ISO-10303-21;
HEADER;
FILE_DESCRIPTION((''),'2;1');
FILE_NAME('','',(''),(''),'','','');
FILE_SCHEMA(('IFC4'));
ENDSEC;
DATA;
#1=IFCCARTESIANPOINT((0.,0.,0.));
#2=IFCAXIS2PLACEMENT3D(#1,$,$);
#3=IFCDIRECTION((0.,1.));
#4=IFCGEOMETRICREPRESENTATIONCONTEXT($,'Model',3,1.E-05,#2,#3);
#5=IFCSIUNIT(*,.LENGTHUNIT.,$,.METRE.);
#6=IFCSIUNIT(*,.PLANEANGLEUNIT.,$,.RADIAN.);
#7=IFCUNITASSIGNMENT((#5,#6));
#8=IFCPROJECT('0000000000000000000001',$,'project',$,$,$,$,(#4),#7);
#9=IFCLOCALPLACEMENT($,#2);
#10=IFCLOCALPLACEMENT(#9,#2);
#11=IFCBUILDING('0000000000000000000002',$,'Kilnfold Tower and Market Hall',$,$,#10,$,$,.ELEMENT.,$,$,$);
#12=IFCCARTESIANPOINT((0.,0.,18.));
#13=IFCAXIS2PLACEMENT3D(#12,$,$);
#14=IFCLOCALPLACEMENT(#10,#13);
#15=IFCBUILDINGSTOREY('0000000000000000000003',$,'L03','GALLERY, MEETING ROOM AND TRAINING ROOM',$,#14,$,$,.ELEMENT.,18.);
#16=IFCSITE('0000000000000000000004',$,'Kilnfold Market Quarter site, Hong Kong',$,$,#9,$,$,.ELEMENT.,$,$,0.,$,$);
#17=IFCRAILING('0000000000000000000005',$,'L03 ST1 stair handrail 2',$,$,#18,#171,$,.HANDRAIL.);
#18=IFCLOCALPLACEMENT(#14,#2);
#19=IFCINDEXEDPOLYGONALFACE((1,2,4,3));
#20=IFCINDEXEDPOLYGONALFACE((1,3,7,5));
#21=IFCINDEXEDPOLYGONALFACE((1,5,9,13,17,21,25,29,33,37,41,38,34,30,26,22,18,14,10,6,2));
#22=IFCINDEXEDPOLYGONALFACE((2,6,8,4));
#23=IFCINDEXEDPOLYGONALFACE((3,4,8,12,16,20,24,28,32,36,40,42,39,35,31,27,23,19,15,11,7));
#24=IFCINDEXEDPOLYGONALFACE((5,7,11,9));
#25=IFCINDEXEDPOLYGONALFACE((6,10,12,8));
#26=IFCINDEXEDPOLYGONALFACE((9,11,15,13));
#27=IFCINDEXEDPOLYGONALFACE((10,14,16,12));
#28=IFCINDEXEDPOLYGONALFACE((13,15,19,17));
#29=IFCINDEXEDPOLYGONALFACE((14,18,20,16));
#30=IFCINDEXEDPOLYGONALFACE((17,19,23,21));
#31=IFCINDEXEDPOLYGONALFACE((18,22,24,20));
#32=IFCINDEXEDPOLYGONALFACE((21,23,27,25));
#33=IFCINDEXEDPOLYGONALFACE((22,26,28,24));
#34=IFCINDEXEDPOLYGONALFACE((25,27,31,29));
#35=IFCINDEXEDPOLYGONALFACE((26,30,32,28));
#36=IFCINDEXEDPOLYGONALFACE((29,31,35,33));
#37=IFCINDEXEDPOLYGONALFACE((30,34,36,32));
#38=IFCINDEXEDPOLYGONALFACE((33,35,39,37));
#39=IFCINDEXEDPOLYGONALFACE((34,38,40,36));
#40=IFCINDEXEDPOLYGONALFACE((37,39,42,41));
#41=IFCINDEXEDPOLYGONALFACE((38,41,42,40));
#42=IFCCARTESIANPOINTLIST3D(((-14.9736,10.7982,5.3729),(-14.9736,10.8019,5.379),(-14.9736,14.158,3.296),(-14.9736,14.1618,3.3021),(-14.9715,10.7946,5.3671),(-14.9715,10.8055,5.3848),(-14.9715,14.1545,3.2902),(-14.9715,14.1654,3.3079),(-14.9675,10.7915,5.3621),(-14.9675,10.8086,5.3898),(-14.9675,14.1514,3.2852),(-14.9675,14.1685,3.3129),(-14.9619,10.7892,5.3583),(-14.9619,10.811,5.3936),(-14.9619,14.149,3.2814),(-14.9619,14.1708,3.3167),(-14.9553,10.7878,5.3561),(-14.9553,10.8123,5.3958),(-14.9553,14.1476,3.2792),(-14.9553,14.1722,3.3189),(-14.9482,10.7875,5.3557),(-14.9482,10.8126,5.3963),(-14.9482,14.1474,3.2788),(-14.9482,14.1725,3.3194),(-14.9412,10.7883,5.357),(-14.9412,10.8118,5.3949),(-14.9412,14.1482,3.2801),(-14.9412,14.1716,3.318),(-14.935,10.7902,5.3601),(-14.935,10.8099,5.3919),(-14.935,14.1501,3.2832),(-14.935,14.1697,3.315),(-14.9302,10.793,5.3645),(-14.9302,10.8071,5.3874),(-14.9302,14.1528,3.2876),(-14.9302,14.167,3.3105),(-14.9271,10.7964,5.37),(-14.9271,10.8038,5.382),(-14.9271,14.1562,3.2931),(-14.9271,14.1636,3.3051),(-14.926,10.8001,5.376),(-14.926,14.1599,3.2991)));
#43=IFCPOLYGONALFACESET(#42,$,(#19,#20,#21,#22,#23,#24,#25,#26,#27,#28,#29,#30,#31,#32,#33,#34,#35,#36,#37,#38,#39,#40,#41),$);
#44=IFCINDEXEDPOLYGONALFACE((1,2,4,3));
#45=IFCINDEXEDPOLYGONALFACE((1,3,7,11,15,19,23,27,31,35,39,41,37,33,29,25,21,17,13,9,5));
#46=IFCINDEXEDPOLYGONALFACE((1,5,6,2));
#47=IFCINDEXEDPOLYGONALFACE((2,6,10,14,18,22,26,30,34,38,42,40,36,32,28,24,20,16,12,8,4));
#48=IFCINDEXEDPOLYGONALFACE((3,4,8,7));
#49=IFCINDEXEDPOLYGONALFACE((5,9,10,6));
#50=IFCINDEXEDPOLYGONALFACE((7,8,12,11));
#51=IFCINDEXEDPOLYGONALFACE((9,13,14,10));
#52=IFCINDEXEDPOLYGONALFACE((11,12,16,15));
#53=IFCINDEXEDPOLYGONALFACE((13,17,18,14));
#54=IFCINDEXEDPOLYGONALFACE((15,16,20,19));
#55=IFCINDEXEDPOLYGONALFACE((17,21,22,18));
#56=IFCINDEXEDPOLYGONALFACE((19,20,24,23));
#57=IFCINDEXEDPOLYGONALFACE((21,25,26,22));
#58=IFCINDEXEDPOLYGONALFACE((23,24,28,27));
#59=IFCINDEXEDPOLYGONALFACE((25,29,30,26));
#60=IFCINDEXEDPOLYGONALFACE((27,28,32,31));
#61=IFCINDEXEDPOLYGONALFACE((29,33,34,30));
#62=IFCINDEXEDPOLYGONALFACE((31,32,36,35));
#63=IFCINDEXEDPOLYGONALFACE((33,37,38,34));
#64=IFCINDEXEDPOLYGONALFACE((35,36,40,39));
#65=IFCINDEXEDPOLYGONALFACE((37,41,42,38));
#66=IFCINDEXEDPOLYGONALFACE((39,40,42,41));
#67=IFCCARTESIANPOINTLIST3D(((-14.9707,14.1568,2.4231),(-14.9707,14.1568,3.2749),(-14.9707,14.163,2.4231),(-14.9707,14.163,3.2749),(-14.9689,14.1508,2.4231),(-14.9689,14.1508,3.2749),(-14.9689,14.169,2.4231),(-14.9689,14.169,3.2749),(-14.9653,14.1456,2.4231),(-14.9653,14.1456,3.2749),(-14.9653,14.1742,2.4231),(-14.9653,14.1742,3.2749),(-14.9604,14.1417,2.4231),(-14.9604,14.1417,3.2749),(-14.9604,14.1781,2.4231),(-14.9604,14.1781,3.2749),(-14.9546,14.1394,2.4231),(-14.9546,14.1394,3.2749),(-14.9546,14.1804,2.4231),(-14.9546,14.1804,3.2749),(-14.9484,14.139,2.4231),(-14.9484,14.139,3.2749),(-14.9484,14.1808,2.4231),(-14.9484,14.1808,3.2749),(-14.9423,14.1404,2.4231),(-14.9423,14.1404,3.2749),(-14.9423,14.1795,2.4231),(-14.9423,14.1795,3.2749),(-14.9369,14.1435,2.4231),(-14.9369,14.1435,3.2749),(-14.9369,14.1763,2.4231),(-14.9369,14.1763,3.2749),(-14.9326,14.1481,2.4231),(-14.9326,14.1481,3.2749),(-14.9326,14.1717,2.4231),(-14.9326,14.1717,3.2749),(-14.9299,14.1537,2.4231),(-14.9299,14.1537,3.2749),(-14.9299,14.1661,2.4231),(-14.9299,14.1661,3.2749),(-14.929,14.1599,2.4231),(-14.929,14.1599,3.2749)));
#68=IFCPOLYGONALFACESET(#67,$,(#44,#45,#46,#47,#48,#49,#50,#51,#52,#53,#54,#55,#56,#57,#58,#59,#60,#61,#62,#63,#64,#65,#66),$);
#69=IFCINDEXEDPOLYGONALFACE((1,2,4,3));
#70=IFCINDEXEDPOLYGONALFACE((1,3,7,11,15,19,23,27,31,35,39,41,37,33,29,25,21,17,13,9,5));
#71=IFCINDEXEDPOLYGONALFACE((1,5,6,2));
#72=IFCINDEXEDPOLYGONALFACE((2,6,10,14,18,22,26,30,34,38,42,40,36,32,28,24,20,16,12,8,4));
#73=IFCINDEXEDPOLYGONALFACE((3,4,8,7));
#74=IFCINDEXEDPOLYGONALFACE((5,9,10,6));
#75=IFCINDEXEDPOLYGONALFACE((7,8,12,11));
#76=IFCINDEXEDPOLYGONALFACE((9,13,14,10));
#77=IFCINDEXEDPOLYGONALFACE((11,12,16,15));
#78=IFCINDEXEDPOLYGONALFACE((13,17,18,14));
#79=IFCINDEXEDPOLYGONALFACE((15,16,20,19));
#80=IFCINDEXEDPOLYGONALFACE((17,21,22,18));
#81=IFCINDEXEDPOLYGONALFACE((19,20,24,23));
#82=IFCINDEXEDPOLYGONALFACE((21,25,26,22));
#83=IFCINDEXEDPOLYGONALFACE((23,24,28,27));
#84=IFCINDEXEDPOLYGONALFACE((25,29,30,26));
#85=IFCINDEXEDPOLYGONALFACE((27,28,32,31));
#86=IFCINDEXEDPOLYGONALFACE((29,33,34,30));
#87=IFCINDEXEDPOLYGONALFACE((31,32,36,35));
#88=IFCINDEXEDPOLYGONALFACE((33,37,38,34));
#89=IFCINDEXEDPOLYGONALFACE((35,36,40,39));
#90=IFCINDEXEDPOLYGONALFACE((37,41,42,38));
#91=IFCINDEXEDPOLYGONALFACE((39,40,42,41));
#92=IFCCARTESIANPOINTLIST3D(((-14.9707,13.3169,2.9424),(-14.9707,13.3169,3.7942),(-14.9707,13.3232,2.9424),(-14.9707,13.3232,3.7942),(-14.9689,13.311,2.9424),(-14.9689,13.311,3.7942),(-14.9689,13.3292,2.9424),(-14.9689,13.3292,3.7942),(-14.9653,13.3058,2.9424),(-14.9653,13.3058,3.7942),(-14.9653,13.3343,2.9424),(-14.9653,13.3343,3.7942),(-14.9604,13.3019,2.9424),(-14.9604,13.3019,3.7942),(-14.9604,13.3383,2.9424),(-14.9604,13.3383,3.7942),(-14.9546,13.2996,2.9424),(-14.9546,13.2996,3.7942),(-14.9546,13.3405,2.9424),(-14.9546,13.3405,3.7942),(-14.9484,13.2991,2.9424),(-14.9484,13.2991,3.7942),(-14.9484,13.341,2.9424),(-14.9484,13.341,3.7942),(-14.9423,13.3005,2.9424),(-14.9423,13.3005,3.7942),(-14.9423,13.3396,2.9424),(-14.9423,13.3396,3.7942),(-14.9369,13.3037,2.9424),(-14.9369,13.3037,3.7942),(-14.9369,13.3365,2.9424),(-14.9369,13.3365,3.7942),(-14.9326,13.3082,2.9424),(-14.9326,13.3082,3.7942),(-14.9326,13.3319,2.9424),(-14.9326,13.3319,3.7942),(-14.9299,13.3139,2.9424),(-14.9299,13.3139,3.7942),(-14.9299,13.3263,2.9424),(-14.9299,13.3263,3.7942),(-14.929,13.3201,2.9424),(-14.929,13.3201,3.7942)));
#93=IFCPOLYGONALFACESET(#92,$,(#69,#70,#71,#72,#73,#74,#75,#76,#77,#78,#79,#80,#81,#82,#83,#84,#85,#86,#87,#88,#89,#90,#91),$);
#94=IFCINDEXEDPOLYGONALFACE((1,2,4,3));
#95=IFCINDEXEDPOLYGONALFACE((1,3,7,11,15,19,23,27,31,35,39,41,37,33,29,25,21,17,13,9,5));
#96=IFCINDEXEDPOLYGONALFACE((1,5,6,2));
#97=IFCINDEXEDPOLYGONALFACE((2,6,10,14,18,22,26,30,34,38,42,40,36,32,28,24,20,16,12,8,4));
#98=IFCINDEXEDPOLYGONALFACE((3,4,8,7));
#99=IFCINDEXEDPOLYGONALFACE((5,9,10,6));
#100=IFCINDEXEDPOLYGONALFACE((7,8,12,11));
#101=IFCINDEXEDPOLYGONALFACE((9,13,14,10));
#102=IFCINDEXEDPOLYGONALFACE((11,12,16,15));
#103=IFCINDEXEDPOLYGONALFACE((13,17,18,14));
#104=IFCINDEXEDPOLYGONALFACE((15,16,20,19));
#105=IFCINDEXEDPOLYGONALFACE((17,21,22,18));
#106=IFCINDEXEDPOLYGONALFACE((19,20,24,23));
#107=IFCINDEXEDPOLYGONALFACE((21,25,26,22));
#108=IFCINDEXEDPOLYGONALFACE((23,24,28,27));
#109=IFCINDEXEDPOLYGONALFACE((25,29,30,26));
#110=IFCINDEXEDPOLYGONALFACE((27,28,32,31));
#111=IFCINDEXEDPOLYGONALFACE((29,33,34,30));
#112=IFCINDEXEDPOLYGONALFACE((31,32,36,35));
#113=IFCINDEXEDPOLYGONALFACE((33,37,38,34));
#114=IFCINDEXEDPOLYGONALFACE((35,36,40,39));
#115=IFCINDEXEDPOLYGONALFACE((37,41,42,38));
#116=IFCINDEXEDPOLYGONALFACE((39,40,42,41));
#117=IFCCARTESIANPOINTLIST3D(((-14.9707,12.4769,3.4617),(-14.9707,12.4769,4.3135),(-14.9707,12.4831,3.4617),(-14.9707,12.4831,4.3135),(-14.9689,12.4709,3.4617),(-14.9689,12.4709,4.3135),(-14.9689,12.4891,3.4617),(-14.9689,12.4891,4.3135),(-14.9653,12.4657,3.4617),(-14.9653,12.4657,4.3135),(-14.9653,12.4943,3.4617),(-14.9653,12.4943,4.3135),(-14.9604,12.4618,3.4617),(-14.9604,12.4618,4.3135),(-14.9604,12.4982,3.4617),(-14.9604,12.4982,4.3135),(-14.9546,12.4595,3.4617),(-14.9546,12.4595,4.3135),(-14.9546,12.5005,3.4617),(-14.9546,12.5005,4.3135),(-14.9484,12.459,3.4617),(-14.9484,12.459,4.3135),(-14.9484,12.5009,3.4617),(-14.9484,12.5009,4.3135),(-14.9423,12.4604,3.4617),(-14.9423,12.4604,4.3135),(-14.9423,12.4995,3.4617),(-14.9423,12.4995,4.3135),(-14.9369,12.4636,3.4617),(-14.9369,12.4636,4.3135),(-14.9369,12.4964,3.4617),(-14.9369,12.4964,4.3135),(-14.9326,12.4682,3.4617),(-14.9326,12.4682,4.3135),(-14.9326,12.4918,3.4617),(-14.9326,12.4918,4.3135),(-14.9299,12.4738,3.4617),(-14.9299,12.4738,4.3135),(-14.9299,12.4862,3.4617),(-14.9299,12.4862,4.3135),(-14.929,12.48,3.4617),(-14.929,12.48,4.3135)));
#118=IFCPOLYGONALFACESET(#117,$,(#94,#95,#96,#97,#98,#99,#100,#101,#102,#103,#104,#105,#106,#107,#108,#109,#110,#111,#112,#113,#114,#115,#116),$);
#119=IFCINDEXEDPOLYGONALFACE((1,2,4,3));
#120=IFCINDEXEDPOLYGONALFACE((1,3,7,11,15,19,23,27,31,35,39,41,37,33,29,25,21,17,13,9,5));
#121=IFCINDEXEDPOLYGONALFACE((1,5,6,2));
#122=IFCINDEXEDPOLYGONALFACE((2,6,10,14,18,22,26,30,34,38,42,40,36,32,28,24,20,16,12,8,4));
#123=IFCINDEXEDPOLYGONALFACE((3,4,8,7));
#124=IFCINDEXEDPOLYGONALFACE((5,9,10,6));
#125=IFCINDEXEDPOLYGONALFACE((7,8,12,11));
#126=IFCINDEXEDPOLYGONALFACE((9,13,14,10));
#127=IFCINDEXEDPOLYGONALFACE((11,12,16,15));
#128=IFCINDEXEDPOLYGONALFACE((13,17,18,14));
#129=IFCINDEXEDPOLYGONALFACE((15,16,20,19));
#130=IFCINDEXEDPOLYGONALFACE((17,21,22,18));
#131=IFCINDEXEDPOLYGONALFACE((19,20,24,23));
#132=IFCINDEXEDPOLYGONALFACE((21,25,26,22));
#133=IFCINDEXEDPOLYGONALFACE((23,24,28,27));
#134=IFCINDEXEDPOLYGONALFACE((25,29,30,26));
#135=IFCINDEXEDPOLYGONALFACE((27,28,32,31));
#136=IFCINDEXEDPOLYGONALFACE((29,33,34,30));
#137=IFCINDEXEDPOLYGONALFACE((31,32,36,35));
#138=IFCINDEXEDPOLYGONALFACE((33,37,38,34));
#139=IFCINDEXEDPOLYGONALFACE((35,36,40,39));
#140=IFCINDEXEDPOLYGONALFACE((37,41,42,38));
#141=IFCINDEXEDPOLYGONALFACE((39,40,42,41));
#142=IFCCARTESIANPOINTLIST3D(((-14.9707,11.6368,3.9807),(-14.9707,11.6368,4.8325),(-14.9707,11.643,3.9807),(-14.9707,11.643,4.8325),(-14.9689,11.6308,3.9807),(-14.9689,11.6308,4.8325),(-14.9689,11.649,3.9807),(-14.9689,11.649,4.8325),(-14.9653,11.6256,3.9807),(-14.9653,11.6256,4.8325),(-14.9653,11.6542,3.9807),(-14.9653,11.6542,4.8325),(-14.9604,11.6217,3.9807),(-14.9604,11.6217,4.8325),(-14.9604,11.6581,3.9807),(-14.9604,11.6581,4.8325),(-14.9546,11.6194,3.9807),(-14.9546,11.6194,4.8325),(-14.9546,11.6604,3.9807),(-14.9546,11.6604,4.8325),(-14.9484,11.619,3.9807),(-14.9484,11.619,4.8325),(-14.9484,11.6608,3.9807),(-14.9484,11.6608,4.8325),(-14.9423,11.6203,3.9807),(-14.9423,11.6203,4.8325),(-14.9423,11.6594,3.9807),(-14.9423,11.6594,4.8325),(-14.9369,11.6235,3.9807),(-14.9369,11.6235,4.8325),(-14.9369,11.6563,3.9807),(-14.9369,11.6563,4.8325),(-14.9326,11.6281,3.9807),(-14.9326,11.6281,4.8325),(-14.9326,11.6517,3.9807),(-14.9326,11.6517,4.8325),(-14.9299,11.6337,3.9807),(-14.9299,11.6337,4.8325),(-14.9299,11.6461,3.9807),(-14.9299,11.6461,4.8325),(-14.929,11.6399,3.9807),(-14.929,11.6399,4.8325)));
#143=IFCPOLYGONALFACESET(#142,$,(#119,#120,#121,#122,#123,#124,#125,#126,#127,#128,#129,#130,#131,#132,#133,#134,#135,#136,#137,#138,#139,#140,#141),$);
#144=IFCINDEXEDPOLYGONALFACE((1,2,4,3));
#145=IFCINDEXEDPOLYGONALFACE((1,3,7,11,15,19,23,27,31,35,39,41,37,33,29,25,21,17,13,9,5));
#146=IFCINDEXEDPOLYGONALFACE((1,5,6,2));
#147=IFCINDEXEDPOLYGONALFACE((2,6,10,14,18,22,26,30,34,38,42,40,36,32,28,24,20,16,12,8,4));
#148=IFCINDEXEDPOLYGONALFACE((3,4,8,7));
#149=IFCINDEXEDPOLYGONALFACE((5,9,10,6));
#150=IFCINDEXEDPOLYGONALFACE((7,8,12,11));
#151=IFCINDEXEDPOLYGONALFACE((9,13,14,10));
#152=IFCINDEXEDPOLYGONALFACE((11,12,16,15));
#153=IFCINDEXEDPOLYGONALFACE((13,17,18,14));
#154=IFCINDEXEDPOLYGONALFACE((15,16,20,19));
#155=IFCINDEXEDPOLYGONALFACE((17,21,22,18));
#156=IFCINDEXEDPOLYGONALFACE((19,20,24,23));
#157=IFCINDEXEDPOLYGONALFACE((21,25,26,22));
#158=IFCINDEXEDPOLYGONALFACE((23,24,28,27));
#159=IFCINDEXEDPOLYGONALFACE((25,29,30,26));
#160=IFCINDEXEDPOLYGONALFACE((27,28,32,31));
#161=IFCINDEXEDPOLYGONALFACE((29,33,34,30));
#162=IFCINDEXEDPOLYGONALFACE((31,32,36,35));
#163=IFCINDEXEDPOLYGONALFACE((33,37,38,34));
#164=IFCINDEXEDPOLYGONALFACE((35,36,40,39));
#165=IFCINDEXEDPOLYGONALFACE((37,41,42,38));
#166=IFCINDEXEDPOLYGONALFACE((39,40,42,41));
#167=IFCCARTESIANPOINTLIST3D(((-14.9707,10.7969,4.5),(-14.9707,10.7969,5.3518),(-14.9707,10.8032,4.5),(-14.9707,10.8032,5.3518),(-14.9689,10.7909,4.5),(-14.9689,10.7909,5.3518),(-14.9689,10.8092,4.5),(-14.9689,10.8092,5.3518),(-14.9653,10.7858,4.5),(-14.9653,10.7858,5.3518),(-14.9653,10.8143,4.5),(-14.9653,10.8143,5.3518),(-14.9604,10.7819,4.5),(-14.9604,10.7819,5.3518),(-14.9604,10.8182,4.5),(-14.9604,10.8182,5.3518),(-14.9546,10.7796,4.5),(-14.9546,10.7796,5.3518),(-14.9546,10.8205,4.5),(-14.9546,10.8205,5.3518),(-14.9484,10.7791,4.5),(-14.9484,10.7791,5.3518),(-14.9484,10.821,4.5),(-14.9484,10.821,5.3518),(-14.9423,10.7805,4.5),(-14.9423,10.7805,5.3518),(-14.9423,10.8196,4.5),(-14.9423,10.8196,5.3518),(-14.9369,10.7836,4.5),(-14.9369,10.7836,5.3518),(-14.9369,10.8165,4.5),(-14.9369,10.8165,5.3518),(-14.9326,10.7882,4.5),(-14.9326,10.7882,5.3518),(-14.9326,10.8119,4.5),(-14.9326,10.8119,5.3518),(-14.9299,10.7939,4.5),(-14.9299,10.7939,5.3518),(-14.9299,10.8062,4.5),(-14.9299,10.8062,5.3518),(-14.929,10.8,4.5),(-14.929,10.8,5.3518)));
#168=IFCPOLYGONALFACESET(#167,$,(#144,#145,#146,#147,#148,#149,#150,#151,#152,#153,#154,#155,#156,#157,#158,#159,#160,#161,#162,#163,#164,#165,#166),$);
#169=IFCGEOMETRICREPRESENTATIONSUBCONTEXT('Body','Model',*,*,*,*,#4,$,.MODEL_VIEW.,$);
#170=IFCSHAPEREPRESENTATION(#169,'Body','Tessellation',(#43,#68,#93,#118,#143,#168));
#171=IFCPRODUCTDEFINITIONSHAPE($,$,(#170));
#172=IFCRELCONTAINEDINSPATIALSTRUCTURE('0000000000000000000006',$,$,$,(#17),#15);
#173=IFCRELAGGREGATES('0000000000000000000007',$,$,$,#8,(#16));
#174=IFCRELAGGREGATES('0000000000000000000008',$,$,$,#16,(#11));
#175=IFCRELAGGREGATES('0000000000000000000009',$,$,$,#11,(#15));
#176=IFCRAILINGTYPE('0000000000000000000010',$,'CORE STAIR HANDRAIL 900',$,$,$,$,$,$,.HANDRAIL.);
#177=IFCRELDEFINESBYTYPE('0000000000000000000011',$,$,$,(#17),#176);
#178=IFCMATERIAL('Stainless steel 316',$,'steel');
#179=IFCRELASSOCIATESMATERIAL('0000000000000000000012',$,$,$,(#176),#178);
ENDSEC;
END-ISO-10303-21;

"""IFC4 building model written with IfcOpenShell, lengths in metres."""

from ifc_helpers import new_model, si_unit, direction, frame, origin, origin_2d, place, context, subcontext, project, spatial, circle, extrude, material, type_object, element, save


model = new_model("IFC4")

# Units and contexts
model_context = context("Model", 3, precision=1e-05, world=origin(), true_north=direction((0.0, 1.0)))
body_context = subcontext(model_context, "Body", "Model", "MODEL_VIEW")
ifc_project = project(units=[si_unit("LENGTHUNIT", "METRE"), si_unit("PLANEANGLEUNIT", "RADIAN")], contexts=[model_context])

# Site, building, storey
site_placement = place(None, origin())
site = spatial("IfcSite", under=ifc_project, at=site_placement, Name="Kilnfold Market Quarter site, Hong Kong", CompositionType="ELEMENT", RefElevation=0.0)
building_placement = place(site_placement, origin())
building = spatial("IfcBuilding", under=site, at=building_placement, Name="Kilnfold Tower and Market Hall", CompositionType="ELEMENT")
storey_placement = place(building_placement, frame((0.0, 0.0, 18.0)))
storey = spatial("IfcBuildingStorey", under=building, at=storey_placement, Name="L03", Description="GALLERY, MEETING ROOM AND TRAINING ROOM", CompositionType="ELEMENT", Elevation=18.0)

# Railing
ifc_material_1 = material(Name="Stainless steel 316", Category="steel")
railing_type = type_object("IfcRailingType", Name="CORE STAIR HANDRAIL 900", PredefinedType="HANDRAIL", material=ifc_material_1)
railing_1_placement = place(storey_placement, frame((-14.95, 14.1599, 2.4231)))
element("IfcRailing", 1, at=railing_1_placement, inside=storey, type_object=railing_type, Name="L03 ST1 stair handrail 2", PredefinedType="HANDRAIL", context=body_context, shape_type="SweptSolid", body=[
    extrude(circle(Radius=0.0239, at=origin_2d()), frame((0.0, 0.0, 0.876), z_axis=(0.0, -0.850606, 0.525803), x_axis=(1.0, 0.0, 0.0)), (0.0, 0.0, 1.0), 3.95),
    extrude(circle(Radius=0.021, at=origin_2d()), origin(), (0.0, 0.0, 1.0), 0.8518),
    extrude(circle(Radius=0.021, at=origin_2d()), frame((0.0, -0.8398, 0.5193)), (0.0, 0.0, 1.0), 0.8518),
    extrude(circle(Radius=0.021, at=origin_2d()), frame((0.0, -1.6799, 1.0386)), (0.0, 0.0, 1.0), 0.8518),
    extrude(circle(Radius=0.021, at=origin_2d()), frame((0.0, -2.52, 1.5576)), (0.0, 0.0, 1.0), 0.8518),
    extrude(circle(Radius=0.021, at=origin_2d()), frame((0.0, -3.3599, 2.0769)), (0.0, 0.0, 1.0), 0.8518),
])

save(model, "model.ifc")
